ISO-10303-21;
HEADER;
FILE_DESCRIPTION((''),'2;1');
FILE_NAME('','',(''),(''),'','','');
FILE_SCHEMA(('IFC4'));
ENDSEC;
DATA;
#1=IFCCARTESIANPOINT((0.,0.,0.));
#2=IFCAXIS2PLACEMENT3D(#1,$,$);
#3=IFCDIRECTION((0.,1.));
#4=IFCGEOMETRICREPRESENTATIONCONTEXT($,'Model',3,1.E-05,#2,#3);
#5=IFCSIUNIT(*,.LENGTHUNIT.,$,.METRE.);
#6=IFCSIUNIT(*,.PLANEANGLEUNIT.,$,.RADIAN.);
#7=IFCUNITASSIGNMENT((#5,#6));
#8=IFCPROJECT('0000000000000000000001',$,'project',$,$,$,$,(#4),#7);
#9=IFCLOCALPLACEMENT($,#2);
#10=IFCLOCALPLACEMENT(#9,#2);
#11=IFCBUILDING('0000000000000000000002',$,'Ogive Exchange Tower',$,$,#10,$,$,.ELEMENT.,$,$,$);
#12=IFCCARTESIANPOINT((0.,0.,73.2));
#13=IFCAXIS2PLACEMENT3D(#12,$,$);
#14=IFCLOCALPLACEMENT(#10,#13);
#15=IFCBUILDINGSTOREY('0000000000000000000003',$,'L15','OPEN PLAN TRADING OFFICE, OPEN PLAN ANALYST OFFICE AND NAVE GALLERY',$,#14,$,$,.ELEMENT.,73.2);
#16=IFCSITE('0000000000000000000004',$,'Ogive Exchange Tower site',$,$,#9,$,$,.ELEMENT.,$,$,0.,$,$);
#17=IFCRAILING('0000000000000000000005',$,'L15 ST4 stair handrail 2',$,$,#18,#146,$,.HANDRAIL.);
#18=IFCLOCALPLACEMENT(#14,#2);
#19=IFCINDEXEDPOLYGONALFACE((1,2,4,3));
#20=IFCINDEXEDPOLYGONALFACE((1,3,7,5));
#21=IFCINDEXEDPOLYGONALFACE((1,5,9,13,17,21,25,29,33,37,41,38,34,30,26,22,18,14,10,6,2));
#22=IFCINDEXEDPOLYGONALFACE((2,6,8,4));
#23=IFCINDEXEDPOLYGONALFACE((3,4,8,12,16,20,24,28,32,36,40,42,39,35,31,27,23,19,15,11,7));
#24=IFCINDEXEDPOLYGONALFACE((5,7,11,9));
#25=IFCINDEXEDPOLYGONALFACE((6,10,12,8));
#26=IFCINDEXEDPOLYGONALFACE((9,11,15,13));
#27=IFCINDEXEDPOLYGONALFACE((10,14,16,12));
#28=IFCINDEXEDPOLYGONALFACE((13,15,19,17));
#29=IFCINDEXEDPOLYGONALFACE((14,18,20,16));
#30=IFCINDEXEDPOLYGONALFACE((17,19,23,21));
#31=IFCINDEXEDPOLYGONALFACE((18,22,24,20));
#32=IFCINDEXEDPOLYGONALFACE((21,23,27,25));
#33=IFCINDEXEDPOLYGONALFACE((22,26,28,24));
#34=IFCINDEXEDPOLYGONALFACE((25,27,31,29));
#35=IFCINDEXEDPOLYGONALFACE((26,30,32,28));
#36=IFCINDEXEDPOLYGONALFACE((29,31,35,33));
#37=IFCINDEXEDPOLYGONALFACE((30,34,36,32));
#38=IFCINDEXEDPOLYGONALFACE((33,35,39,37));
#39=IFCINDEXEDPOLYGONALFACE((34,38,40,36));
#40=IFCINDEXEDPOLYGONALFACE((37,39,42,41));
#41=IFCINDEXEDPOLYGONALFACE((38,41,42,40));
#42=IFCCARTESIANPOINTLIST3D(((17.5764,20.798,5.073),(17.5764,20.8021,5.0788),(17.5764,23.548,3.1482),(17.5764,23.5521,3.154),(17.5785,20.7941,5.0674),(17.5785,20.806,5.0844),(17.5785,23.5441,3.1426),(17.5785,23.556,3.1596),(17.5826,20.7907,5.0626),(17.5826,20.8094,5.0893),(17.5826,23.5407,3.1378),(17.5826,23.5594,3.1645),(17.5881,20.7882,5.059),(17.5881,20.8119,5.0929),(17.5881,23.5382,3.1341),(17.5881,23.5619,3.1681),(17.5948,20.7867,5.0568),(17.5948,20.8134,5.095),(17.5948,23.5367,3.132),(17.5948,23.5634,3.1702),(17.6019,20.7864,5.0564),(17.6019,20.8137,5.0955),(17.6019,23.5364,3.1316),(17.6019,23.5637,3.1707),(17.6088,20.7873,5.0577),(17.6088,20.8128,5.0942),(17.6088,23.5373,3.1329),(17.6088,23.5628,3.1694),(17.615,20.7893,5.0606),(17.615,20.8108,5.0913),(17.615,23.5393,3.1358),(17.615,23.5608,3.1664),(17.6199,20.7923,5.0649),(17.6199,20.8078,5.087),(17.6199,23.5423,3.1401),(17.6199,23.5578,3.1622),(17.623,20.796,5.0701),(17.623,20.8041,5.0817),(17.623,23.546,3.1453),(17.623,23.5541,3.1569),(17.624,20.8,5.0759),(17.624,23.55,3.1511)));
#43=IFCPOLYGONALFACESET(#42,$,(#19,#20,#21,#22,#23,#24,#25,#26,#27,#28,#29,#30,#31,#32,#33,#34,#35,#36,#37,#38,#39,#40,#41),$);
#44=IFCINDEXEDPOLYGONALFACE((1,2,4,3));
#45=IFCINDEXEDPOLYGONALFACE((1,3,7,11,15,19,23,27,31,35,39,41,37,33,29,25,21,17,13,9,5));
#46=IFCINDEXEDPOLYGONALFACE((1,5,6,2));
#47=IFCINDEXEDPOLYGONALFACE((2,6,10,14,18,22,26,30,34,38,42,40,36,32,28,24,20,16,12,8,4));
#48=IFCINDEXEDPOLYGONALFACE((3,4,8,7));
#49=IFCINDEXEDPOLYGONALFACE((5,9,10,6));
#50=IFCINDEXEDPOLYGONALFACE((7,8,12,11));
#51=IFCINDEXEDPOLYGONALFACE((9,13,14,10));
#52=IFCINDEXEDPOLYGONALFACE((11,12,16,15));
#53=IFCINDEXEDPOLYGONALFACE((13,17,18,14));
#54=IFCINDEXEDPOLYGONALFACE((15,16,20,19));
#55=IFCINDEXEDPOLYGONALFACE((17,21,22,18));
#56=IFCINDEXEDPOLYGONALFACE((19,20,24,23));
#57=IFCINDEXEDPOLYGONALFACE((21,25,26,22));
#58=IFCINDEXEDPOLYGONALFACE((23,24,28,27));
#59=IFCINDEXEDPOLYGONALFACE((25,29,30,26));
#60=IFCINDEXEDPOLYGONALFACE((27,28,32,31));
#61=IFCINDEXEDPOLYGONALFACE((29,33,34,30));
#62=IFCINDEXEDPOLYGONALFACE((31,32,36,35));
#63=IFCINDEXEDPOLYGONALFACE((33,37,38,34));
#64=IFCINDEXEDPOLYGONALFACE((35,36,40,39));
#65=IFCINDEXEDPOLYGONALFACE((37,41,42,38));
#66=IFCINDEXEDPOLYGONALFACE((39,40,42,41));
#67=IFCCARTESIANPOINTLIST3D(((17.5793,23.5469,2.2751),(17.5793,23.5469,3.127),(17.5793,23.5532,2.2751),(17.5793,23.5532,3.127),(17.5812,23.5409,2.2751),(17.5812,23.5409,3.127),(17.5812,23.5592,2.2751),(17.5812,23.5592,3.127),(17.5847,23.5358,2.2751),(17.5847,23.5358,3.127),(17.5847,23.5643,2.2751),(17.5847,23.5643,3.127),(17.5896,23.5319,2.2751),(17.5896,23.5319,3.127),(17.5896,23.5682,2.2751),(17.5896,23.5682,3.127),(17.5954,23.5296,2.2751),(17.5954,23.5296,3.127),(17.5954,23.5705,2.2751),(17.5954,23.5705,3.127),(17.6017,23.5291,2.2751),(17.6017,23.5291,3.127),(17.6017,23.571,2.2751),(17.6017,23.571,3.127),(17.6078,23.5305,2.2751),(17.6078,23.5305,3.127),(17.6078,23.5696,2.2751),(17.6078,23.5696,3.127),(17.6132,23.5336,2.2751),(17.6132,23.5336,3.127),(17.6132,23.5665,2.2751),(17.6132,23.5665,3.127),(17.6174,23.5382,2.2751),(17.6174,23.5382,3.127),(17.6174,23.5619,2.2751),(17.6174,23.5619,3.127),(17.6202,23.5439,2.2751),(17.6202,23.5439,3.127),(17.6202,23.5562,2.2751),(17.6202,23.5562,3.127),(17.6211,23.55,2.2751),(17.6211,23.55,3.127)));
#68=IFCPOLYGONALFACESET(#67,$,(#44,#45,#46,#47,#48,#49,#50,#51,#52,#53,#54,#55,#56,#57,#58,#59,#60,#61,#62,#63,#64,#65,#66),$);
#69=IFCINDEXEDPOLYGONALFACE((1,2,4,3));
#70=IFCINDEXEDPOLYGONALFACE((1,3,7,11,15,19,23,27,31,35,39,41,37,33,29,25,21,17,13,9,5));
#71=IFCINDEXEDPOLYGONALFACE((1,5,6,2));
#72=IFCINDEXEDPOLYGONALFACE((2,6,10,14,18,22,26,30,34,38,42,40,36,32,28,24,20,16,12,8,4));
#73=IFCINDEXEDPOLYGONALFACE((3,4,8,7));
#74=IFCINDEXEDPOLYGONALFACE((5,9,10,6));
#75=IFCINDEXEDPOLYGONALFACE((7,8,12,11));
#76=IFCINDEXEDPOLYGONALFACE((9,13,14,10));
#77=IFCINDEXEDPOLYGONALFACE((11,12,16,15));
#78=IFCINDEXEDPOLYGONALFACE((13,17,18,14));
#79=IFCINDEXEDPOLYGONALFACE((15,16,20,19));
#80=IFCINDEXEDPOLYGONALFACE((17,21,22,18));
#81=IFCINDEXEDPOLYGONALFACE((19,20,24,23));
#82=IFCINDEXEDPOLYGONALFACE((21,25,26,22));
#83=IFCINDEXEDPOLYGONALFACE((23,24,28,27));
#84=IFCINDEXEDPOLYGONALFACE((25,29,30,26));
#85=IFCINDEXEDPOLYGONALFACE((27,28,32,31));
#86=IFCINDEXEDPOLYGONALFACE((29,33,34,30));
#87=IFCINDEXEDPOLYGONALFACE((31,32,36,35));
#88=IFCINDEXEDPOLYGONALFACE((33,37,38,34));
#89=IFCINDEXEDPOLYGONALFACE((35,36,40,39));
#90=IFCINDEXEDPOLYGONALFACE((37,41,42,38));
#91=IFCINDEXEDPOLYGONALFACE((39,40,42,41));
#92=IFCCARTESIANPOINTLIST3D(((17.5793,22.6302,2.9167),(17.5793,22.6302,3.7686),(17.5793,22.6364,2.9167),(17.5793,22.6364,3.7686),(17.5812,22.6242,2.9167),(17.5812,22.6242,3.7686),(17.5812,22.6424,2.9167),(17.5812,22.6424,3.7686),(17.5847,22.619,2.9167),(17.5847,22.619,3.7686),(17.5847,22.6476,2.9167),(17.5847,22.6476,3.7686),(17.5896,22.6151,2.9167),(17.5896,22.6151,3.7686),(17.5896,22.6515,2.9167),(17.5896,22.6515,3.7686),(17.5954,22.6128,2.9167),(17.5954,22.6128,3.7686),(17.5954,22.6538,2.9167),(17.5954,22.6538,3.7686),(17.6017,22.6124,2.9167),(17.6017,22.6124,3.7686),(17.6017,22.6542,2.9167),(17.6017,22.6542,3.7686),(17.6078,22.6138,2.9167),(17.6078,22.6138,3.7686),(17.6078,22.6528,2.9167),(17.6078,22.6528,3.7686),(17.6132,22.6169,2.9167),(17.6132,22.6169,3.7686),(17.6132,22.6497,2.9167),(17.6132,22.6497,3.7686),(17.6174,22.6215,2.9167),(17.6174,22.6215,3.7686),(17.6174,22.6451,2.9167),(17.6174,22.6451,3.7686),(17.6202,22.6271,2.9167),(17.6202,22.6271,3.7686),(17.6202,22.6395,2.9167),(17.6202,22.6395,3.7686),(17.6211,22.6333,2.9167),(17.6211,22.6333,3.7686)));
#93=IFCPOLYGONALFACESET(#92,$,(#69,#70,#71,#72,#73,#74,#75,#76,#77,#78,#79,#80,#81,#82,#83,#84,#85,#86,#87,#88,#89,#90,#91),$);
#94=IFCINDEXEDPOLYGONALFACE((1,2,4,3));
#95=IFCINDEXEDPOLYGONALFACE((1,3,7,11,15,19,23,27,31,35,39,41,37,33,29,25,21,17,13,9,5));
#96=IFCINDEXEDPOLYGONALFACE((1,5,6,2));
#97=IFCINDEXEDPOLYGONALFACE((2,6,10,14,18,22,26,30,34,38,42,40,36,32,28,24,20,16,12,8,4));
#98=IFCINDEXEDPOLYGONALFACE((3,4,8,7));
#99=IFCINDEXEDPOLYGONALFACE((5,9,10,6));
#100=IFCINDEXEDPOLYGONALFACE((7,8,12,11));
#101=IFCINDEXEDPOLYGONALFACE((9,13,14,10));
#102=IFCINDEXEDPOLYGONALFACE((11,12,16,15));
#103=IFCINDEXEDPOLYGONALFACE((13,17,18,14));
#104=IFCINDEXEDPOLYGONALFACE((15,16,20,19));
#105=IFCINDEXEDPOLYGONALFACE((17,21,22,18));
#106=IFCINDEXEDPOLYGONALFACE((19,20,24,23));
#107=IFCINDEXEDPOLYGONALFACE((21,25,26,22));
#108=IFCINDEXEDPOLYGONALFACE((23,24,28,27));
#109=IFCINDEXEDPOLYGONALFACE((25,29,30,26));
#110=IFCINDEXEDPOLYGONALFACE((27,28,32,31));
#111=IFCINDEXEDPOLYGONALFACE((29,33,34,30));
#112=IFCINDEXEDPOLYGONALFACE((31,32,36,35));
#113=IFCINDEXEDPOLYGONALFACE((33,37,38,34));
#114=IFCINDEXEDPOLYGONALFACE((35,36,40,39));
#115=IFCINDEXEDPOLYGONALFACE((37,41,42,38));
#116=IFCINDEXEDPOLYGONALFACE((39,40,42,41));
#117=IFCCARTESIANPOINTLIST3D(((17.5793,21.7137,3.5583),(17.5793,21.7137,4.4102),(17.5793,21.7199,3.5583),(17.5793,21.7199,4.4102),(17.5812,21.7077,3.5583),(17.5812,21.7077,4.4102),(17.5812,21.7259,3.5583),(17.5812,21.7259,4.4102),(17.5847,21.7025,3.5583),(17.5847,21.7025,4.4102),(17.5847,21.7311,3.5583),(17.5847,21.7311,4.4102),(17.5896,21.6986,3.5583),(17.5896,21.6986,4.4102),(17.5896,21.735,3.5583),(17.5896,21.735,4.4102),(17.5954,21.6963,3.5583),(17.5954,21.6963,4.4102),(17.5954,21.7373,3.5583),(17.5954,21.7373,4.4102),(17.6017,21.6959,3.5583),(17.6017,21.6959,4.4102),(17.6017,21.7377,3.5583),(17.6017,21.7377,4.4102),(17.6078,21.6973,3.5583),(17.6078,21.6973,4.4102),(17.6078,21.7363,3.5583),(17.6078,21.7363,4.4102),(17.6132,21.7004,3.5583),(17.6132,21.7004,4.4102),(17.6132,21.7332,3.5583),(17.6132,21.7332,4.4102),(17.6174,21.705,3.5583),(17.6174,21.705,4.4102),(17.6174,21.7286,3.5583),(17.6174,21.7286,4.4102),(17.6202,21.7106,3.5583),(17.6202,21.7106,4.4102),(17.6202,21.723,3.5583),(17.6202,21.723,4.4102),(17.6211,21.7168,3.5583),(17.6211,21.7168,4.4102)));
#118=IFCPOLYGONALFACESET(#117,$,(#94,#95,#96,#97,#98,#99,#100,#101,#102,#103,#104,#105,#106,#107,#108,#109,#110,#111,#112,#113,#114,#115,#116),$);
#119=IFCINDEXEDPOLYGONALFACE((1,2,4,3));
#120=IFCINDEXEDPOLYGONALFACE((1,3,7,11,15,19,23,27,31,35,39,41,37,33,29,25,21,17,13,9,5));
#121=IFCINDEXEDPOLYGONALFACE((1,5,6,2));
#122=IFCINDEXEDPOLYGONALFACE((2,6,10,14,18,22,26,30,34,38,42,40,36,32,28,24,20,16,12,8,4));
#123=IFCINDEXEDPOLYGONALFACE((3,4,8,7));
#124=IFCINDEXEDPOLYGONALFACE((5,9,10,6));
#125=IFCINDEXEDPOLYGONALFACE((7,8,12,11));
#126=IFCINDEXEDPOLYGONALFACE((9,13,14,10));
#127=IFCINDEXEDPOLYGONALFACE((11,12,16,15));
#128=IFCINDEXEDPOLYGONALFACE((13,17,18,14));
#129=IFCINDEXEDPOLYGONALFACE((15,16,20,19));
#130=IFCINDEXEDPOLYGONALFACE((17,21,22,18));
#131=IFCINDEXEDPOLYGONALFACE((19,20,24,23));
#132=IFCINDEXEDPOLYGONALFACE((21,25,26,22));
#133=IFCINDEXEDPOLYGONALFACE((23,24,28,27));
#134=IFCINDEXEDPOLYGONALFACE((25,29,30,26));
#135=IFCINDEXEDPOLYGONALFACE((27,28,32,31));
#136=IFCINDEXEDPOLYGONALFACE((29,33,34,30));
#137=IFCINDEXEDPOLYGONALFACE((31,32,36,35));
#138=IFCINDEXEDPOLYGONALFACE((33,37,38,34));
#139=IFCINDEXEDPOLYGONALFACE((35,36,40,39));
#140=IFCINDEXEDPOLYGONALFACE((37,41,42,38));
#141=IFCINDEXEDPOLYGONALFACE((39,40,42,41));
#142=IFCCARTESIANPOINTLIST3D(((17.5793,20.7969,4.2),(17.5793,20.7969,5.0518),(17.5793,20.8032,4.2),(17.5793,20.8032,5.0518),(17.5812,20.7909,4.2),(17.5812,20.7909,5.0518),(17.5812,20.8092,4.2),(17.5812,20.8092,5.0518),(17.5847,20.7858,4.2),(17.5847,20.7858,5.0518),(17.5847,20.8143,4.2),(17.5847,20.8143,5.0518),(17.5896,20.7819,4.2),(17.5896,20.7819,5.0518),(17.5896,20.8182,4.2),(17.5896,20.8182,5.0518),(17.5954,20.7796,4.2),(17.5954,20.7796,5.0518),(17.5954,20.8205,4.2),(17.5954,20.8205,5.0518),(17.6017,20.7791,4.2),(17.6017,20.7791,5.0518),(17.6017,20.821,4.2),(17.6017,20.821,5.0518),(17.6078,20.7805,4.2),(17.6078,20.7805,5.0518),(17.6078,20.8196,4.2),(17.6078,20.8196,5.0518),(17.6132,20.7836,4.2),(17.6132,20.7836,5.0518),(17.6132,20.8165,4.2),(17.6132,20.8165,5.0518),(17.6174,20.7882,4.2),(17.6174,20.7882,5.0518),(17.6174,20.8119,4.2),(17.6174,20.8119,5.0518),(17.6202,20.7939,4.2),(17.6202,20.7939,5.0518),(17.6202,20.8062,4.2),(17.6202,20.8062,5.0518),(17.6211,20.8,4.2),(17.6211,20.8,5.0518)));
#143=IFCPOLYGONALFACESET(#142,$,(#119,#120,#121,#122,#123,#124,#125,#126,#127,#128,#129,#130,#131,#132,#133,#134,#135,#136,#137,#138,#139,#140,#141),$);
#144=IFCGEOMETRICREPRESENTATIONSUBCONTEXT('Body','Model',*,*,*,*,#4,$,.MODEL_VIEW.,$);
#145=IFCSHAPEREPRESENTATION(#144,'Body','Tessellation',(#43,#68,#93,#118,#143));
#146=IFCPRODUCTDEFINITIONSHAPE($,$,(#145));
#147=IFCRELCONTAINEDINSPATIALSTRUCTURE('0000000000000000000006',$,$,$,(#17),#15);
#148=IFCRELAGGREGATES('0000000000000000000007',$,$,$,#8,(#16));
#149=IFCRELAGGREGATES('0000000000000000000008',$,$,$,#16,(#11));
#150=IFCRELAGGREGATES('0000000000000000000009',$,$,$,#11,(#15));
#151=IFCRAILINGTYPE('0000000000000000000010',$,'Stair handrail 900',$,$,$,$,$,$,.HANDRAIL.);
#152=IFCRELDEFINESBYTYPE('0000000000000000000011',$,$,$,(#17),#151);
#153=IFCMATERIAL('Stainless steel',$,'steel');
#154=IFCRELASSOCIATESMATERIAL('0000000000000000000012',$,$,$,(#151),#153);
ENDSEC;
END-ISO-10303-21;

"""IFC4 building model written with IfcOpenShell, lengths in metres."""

from ifc_helpers import new_model, si_unit, direction, frame, origin, origin_2d, place, context, subcontext, project, spatial, circle, extrude, material, type_object, element, save


model = new_model("IFC4")

# Units and contexts
model_context = context("Model", 3, precision=1e-05, world=origin(), true_north=direction((0.0, 1.0)))
body_context = subcontext(model_context, "Body", "Model", "MODEL_VIEW")
ifc_project = project(units=[si_unit("LENGTHUNIT", "METRE"), si_unit("PLANEANGLEUNIT", "RADIAN")], contexts=[model_context])

# Site, building, storey
site_placement = place(None, origin())
site = spatial("IfcSite", under=ifc_project, at=site_placement, Name="Ogive Exchange Tower site", CompositionType="ELEMENT", RefElevation=0.0)
building_placement = place(site_placement, origin())
building = spatial("IfcBuilding", under=site, at=building_placement, Name="Ogive Exchange Tower", CompositionType="ELEMENT")
storey_placement = place(building_placement, frame((0.0, 0.0, 73.2)))
storey = spatial("IfcBuildingStorey", under=building, at=storey_placement, Name="L15", Description="OPEN PLAN TRADING OFFICE, OPEN PLAN ANALYST OFFICE AND NAVE GALLERY", CompositionType="ELEMENT", Elevation=73.2)

# Railing
ifc_material_1 = material(Name="Stainless steel", Category="steel")
railing_type = type_object("IfcRailingType", Name="Stair handrail 900", PredefinedType="HANDRAIL", material=ifc_material_1)
railing_1_placement = place(storey_placement, frame((17.6001, 23.55, 2.2751)))
element("IfcRailing", 1, at=railing_1_placement, inside=storey, type_object=railing_type, Name="L15 ST4 stair handrail 2", PredefinedType="HANDRAIL", context=body_context, shape_type="SweptSolid", body=[
    extrude(circle(Radius=0.0239, at=origin_2d()), frame((0.0, 0.0, 0.876), z_axis=(0.0, -0.819259, 0.573423), x_axis=(1.0, 0.0, 0.0)), (0.0, 0.0, 1.0), 3.3567),
    extrude(circle(Radius=0.021, at=origin_2d()), origin(), (0.0, 0.0, 1.0), 0.8518),
    extrude(circle(Radius=0.021, at=origin_2d()), frame((0.0, -0.9167, 0.6416)), (0.0, 0.0, 1.0), 0.8518),
    extrude(circle(Radius=0.021, at=origin_2d()), frame((0.0, -1.8333, 1.2832)), (0.0, 0.0, 1.0), 0.8518),
    extrude(circle(Radius=0.021, at=origin_2d()), frame((0.0, -2.75, 1.9248)), (0.0, 0.0, 1.0), 0.8518),
])

save(model, "model.ifc")
